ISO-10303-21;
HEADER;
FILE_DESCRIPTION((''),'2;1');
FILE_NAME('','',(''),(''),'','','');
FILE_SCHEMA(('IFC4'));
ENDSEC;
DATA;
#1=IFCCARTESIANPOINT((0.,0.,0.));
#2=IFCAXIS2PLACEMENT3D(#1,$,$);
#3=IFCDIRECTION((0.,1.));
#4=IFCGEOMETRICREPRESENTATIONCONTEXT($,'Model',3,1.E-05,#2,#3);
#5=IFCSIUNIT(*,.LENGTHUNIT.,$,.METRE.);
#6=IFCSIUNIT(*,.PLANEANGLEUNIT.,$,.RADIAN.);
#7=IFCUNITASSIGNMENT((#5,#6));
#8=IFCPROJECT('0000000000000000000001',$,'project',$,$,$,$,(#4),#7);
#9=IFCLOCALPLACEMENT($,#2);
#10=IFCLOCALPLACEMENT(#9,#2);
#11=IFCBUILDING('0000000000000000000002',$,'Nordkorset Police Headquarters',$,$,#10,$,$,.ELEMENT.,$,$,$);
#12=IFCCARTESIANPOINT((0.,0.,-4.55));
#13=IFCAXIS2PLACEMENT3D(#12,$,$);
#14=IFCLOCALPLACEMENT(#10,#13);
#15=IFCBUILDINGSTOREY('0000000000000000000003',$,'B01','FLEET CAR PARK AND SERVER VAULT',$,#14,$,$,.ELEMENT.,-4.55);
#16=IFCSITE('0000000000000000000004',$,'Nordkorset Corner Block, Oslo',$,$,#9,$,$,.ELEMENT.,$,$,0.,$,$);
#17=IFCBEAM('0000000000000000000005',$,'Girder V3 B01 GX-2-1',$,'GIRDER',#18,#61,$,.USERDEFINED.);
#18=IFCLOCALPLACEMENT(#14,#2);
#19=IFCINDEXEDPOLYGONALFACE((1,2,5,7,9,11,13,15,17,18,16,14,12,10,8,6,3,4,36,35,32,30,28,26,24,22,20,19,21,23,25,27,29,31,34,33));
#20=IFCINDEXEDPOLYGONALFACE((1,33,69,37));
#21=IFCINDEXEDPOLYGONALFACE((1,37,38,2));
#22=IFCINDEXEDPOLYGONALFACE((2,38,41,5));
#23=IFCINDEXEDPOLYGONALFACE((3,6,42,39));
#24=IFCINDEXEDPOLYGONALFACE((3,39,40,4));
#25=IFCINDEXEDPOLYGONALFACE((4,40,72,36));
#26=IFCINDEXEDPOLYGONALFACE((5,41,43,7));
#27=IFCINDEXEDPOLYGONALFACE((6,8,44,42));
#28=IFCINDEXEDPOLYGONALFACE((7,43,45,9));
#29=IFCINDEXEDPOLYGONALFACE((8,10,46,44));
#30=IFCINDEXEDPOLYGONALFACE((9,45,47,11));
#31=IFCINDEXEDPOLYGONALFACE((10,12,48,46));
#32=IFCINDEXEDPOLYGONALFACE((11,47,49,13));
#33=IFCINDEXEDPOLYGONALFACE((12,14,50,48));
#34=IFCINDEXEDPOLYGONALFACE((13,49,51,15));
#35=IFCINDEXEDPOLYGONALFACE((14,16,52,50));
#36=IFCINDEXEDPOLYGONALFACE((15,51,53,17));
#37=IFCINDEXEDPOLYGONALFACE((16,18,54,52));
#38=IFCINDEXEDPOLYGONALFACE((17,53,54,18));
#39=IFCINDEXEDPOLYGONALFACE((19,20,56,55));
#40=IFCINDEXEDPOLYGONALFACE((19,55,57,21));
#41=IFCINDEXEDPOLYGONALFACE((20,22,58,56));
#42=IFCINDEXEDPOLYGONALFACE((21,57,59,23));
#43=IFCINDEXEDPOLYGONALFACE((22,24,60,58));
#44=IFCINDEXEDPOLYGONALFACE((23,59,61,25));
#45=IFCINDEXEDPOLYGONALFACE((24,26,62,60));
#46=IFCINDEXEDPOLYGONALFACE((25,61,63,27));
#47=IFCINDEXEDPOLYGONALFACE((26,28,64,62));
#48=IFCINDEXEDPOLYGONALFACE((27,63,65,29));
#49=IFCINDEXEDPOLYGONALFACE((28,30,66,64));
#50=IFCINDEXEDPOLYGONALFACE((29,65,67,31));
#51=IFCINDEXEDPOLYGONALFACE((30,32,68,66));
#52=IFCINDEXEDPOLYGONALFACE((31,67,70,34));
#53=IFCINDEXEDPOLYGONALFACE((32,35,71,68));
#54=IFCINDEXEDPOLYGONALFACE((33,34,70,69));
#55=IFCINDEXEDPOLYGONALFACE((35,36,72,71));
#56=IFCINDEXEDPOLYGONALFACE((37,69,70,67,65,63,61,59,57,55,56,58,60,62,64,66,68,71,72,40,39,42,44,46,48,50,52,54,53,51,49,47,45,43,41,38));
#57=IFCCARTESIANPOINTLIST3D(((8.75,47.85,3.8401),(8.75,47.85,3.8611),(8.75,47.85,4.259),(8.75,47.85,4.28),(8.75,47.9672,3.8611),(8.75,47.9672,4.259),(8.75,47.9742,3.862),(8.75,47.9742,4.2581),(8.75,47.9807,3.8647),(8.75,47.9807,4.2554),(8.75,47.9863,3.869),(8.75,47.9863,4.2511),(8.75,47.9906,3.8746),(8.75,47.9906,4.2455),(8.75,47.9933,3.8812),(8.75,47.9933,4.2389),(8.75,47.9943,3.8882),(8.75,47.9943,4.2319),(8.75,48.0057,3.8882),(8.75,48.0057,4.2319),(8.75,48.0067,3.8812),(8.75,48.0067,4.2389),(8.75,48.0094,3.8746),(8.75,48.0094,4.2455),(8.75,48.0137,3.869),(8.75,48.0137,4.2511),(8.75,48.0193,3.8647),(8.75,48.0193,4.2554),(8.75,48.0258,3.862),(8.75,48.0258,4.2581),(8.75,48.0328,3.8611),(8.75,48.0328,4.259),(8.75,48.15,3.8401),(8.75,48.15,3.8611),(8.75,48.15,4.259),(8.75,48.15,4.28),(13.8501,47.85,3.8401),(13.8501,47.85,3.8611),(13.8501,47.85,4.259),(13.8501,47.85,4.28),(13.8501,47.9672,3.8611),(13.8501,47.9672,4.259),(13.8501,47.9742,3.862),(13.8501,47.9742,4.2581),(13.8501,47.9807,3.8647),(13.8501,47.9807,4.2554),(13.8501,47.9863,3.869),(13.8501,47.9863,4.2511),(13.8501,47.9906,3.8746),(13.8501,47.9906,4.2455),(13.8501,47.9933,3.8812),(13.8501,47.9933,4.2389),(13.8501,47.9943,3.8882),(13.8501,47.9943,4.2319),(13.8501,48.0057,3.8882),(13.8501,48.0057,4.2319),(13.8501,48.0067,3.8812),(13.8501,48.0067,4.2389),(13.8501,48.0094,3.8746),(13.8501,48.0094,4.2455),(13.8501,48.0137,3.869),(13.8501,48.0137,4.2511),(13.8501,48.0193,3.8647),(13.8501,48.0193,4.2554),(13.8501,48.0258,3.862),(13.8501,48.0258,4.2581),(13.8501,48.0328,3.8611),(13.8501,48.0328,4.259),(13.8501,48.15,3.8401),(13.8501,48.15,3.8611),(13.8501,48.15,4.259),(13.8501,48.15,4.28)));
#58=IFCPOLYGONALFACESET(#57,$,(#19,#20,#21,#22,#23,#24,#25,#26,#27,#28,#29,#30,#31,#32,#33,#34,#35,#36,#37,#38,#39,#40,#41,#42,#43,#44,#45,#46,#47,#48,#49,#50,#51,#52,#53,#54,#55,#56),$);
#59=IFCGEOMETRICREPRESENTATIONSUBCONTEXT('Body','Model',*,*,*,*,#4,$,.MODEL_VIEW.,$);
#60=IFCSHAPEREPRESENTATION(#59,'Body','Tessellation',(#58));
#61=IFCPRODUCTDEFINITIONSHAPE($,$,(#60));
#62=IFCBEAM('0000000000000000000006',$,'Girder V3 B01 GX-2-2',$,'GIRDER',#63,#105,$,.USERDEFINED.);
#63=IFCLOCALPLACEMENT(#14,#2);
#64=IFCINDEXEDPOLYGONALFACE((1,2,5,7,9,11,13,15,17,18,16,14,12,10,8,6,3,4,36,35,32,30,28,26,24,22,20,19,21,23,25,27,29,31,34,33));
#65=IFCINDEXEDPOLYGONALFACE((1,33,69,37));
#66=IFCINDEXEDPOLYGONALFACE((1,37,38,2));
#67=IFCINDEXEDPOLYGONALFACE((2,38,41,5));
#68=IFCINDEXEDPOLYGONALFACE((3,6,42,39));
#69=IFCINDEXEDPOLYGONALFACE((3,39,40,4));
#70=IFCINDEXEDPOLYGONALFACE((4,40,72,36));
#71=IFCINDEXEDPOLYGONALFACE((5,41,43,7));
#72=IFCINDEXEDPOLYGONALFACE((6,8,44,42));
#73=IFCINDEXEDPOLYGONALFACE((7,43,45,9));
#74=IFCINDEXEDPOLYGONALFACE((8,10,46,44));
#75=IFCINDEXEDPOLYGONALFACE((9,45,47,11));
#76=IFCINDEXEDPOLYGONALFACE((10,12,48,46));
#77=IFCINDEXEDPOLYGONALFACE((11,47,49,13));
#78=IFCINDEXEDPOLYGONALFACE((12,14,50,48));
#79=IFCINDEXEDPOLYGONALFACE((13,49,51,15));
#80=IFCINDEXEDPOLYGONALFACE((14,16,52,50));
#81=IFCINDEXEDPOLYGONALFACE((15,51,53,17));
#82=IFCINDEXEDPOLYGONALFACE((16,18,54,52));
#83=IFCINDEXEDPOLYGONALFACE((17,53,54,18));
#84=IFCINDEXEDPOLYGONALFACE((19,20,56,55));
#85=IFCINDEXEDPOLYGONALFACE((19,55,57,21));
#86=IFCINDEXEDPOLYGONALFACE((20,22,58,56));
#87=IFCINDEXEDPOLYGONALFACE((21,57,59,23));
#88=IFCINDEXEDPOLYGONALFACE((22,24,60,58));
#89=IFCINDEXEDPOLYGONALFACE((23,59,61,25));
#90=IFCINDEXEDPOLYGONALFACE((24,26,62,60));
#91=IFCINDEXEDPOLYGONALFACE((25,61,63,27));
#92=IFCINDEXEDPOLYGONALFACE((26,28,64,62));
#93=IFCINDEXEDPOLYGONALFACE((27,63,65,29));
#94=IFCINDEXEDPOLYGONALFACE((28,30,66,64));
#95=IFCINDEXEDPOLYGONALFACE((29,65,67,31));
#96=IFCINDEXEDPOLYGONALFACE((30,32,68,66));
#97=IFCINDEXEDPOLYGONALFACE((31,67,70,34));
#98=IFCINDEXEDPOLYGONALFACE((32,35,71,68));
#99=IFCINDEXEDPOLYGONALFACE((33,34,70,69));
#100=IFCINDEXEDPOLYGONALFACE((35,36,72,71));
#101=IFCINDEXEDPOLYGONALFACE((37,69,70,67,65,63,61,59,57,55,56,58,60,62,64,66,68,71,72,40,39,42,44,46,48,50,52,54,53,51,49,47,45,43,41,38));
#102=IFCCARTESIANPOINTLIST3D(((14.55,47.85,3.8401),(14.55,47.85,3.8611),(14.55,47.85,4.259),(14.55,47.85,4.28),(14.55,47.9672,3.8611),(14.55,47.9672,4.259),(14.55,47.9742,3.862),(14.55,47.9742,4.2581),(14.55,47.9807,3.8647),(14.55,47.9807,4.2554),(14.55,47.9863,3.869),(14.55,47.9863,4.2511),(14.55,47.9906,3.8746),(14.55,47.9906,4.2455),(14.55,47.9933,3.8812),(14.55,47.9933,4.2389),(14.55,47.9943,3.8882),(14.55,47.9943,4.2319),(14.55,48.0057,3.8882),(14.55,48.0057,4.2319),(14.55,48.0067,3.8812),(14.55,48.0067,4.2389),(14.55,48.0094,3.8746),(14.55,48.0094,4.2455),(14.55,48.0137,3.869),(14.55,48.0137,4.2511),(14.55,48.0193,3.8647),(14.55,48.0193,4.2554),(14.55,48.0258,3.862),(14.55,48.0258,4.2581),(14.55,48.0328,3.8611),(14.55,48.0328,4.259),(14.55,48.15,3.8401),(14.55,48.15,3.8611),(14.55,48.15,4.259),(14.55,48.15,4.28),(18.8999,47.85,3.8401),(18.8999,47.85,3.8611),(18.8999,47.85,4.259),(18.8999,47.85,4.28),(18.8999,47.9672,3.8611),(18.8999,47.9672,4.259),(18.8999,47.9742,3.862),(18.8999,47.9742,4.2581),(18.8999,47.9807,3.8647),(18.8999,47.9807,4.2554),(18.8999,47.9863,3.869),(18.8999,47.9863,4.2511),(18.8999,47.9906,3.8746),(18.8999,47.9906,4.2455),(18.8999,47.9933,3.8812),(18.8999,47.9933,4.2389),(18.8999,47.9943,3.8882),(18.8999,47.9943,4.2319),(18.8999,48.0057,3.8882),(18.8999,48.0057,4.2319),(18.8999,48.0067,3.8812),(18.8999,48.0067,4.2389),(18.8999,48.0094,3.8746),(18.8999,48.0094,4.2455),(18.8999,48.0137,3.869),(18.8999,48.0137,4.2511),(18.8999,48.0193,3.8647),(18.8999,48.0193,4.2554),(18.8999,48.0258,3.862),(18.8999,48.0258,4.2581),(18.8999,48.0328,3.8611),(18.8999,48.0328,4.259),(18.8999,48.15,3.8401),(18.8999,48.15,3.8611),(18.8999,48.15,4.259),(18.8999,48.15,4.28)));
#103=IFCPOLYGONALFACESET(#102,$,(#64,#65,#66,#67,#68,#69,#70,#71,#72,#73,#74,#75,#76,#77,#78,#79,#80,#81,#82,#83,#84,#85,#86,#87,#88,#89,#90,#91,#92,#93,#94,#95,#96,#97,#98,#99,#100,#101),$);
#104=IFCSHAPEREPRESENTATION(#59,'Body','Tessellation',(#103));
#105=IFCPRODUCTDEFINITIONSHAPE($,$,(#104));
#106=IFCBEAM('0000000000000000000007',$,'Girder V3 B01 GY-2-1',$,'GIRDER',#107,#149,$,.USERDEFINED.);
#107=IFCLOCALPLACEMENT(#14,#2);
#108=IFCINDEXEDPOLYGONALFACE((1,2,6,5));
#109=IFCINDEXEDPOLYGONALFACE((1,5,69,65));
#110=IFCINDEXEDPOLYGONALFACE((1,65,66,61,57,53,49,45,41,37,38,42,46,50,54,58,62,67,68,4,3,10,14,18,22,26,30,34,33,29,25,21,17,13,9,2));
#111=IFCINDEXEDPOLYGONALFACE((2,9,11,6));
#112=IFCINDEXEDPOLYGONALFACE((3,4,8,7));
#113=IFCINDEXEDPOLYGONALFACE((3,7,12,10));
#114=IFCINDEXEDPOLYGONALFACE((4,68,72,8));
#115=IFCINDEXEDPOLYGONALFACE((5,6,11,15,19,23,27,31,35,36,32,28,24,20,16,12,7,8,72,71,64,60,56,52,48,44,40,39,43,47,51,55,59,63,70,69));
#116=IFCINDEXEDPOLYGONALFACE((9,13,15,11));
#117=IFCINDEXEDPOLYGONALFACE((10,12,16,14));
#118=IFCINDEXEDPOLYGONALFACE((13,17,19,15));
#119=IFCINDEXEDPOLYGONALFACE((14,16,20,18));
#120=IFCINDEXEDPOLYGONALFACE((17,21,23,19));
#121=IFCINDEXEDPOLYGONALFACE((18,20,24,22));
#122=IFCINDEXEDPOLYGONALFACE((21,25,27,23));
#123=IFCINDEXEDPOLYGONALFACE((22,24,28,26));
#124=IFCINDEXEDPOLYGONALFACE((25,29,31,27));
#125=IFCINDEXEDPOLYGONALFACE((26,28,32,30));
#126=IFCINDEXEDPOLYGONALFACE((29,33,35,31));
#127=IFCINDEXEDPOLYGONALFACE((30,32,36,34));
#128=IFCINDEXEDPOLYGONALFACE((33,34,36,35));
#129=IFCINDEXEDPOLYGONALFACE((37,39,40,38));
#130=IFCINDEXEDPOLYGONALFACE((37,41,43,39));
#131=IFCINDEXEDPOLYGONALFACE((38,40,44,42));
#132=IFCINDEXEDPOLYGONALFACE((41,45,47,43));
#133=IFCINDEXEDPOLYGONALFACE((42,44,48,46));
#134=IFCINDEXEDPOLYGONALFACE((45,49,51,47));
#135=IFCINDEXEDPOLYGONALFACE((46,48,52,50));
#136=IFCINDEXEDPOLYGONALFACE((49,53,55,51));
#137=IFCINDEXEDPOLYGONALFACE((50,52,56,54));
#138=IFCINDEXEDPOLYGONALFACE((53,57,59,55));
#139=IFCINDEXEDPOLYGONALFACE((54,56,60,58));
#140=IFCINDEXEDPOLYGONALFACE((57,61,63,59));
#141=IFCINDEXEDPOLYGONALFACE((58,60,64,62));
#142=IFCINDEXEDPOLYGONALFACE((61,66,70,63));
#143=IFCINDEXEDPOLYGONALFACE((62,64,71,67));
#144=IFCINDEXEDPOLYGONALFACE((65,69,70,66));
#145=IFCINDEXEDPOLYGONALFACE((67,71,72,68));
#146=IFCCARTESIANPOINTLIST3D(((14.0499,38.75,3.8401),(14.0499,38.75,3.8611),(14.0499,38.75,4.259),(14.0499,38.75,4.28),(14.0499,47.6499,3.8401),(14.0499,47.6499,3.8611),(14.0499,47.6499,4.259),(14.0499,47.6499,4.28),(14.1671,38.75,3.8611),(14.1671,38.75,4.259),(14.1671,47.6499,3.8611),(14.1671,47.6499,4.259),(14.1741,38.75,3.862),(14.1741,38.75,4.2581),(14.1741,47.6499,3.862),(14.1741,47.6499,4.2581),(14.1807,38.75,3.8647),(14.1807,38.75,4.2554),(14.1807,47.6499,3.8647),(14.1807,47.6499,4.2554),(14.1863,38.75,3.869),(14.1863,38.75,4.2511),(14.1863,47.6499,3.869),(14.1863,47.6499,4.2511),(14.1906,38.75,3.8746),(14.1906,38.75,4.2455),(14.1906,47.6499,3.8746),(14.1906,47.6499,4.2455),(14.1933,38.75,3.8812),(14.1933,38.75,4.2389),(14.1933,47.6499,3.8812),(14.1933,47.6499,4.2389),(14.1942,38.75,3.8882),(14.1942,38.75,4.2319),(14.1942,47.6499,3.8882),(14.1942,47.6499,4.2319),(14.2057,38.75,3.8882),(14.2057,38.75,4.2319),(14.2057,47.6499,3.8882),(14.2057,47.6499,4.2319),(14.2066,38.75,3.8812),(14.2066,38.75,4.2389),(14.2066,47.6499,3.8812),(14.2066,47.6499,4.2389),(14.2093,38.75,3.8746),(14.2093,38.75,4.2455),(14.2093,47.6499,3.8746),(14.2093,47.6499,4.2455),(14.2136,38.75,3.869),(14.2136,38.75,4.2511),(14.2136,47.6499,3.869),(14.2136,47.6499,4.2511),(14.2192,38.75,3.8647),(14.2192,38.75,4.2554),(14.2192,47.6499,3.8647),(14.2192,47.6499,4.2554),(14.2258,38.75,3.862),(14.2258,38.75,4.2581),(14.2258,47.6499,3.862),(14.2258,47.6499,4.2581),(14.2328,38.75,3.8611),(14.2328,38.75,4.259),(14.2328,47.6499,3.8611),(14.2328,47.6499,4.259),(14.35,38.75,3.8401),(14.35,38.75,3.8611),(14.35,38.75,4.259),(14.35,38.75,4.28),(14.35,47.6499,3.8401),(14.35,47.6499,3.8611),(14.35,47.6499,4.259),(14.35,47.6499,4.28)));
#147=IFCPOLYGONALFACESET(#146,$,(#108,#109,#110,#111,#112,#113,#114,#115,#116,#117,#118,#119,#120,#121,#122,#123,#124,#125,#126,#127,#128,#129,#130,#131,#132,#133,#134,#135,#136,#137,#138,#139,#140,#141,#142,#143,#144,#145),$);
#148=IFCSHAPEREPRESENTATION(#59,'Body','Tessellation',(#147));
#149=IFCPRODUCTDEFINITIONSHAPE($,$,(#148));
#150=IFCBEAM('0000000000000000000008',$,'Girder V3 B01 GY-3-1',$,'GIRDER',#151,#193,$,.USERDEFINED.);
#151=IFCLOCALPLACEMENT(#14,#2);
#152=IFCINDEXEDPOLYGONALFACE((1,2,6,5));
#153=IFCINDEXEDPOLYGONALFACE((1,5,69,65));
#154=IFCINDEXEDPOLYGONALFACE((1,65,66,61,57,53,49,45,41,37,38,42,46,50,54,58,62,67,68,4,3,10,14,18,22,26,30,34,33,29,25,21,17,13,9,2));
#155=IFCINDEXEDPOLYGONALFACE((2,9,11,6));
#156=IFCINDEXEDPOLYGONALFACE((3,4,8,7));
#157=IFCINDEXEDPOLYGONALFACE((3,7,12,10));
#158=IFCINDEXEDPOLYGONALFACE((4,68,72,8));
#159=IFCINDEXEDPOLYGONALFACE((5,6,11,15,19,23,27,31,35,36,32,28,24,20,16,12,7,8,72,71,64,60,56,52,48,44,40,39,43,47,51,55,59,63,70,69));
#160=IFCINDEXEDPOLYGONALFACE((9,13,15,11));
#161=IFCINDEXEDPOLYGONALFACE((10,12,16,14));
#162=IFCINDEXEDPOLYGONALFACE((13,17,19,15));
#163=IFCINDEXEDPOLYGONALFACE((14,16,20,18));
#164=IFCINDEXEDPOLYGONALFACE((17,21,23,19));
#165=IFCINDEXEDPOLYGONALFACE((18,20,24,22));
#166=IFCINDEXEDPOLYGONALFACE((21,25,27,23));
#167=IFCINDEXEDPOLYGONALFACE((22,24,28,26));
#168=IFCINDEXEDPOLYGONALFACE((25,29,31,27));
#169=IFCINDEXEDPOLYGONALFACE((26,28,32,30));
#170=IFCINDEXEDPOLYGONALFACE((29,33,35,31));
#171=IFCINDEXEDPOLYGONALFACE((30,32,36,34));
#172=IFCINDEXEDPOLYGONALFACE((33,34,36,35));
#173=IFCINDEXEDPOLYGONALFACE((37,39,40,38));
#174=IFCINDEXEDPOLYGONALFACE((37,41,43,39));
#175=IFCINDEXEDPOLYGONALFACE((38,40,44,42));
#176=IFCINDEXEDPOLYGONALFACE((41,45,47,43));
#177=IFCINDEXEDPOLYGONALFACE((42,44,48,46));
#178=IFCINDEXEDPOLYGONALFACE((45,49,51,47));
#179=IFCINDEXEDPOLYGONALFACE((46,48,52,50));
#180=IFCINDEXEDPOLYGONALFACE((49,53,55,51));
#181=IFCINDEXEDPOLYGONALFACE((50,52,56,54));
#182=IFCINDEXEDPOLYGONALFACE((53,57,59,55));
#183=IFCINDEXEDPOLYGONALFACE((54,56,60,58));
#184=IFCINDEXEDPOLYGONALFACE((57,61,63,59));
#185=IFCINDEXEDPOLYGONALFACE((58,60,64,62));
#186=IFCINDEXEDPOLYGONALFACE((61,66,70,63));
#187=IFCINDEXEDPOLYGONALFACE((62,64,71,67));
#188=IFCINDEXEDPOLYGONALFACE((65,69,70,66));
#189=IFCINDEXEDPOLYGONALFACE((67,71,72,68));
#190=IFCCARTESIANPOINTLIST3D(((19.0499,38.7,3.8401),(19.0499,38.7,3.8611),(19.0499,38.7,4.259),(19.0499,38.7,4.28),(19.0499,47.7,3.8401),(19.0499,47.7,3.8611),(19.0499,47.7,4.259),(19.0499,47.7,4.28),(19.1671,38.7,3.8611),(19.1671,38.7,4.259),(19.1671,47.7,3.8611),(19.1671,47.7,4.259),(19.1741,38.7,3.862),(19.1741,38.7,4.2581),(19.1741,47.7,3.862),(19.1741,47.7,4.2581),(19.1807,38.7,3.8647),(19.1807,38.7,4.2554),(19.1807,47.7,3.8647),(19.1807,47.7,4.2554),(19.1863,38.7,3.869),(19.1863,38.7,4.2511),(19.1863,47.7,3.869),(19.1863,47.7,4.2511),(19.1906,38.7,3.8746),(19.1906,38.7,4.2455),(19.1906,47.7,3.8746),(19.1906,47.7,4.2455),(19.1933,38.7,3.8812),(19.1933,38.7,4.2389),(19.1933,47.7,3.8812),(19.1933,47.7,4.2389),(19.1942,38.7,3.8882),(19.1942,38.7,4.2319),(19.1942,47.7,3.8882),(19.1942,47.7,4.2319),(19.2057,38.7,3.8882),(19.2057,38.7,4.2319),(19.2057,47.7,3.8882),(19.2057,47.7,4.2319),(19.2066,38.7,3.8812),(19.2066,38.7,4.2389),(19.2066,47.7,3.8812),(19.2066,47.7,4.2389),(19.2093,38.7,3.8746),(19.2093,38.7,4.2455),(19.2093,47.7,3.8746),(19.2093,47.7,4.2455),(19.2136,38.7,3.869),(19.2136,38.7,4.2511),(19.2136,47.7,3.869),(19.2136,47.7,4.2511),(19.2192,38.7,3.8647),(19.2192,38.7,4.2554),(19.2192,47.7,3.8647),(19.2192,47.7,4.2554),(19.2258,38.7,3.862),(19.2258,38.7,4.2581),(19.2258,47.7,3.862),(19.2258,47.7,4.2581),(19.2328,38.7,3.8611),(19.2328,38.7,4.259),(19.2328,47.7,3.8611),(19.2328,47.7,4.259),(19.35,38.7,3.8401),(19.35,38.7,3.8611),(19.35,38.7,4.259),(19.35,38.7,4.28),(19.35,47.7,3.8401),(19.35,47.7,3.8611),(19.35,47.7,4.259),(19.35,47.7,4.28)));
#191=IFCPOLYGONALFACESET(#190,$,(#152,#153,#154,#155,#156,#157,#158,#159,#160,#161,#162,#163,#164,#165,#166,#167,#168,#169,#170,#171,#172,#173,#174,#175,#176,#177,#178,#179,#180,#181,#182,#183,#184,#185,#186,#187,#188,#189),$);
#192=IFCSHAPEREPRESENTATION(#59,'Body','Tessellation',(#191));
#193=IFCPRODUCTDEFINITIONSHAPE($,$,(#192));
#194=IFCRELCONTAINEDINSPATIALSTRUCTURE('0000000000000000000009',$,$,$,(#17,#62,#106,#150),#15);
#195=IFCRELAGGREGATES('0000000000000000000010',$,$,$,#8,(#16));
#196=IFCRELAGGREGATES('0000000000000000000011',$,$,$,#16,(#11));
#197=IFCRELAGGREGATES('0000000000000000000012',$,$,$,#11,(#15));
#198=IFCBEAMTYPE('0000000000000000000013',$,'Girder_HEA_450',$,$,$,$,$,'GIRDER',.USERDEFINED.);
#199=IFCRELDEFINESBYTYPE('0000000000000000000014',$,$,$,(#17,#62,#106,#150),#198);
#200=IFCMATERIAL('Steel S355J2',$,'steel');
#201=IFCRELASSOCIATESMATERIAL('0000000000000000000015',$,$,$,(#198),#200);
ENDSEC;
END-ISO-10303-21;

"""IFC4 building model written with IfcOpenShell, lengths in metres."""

from ifc_helpers import new_model, si_unit, direction, frame, origin, origin_2d, place, context, subcontext, project, spatial, i_section, extrude, material, material_profile, profile_set, type_object, element, save


model = new_model("IFC4")

# Units and contexts
model_context = context("Model", 3, precision=1e-05, world=origin(), true_north=direction((0.0, 1.0)))
body_context = subcontext(model_context, "Body", "Model", "MODEL_VIEW")
ifc_project = project(units=[si_unit("LENGTHUNIT", "METRE"), si_unit("PLANEANGLEUNIT", "RADIAN")], contexts=[model_context])

# Site, building, storey
site_placement = place(None, origin())
site = spatial("IfcSite", under=ifc_project, at=site_placement, Name="Nordkorset Corner Block, Oslo", CompositionType="ELEMENT", RefElevation=0.0)
building_placement = place(site_placement, origin())
building = spatial("IfcBuilding", under=site, at=building_placement, Name="Nordkorset Police Headquarters", CompositionType="ELEMENT")
storey_placement = place(building_placement, frame((0.0, 0.0, -4.55)))
storey = spatial("IfcBuildingStorey", under=building, at=storey_placement, Name="B01", Description="FLEET CAR PARK AND SERVER VAULT", CompositionType="ELEMENT", Elevation=-4.55)

# Beams
ifc_material_1 = material(Name="Steel S355J2", Category="steel")
ifc_material_profile_1 = material_profile(ifc_material_1, i_section(OverallWidth=0.3, OverallDepth=0.4399, WebThickness=0.0115, FlangeThickness=0.021, FilletRadius=0.0271, at=origin_2d()), Name="HEA 450")
ifc_profile_set_1 = profile_set([ifc_material_profile_1], Name="Steel S355J2")
beam_type_1 = type_object("IfcBeamType", Name="Girder_HEA_450", ElementType="GIRDER", PredefinedType="USERDEFINED", material=ifc_profile_set_1)
beam_1_placement = place(storey_placement, frame((8.75, 48.0, 4.0601), z_axis=(1.0, 0.0, 0.0), x_axis=(0.0, 1.0, 0.0)))
element("IfcBeam", 1, at=beam_1_placement, inside=storey, type_object=beam_type_1, Name="Girder V3 B01 GX-2-1", ObjectType="GIRDER", PredefinedType="USERDEFINED", context=body_context, shape_type="SweptSolid", body=[
    extrude(i_section(OverallWidth=0.3, OverallDepth=0.4399, WebThickness=0.0115, FlangeThickness=0.021, FilletRadius=0.0271, at=origin_2d()), origin(), (0.0, 0.0, 1.0), 5.1001),
])
beam_2_placement = place(storey_placement, frame((14.55, 48.0, 4.0601), z_axis=(1.0, 0.0, 0.0), x_axis=(0.0, 1.0, 0.0)))
element("IfcBeam", 2, at=beam_2_placement, inside=storey, type_object=beam_type_1, Name="Girder V3 B01 GX-2-2", ObjectType="GIRDER", PredefinedType="USERDEFINED", context=body_context, shape_type="SweptSolid", body=[
    extrude(i_section(OverallWidth=0.3, OverallDepth=0.4399, WebThickness=0.0115, FlangeThickness=0.021, FilletRadius=0.0271, at=origin_2d()), origin(), (0.0, 0.0, 1.0), 4.3499),
])
beam_3_placement = place(storey_placement, frame((14.2, 38.75, 4.0601), z_axis=(0.0, 1.0, 0.0), x_axis=(-1.0, 0.0, 0.0)))
element("IfcBeam", 3, at=beam_3_placement, inside=storey, type_object=beam_type_1, Name="Girder V3 B01 GY-2-1", ObjectType="GIRDER", PredefinedType="USERDEFINED", context=body_context, shape_type="SweptSolid", body=[
    extrude(i_section(OverallWidth=0.3, OverallDepth=0.4399, WebThickness=0.0115, FlangeThickness=0.021, FilletRadius=0.0271, at=origin_2d()), origin(), (0.0, 0.0, 1.0), 8.8999),
])
beam_4_placement = place(storey_placement, frame((19.2, 38.7, 4.0601), z_axis=(0.0, 1.0, 0.0), x_axis=(-1.0, 0.0, 0.0)))
element("IfcBeam", 4, at=beam_4_placement, inside=storey, type_object=beam_type_1, Name="Girder V3 B01 GY-3-1", ObjectType="GIRDER", PredefinedType="USERDEFINED", context=body_context, shape_type="SweptSolid", body=[
    extrude(i_section(OverallWidth=0.3, OverallDepth=0.4399, WebThickness=0.0115, FlangeThickness=0.021, FilletRadius=0.0271, at=origin_2d()), origin(), (0.0, 0.0, 1.0), 9.0),
])

save(model, "model.ifc")
